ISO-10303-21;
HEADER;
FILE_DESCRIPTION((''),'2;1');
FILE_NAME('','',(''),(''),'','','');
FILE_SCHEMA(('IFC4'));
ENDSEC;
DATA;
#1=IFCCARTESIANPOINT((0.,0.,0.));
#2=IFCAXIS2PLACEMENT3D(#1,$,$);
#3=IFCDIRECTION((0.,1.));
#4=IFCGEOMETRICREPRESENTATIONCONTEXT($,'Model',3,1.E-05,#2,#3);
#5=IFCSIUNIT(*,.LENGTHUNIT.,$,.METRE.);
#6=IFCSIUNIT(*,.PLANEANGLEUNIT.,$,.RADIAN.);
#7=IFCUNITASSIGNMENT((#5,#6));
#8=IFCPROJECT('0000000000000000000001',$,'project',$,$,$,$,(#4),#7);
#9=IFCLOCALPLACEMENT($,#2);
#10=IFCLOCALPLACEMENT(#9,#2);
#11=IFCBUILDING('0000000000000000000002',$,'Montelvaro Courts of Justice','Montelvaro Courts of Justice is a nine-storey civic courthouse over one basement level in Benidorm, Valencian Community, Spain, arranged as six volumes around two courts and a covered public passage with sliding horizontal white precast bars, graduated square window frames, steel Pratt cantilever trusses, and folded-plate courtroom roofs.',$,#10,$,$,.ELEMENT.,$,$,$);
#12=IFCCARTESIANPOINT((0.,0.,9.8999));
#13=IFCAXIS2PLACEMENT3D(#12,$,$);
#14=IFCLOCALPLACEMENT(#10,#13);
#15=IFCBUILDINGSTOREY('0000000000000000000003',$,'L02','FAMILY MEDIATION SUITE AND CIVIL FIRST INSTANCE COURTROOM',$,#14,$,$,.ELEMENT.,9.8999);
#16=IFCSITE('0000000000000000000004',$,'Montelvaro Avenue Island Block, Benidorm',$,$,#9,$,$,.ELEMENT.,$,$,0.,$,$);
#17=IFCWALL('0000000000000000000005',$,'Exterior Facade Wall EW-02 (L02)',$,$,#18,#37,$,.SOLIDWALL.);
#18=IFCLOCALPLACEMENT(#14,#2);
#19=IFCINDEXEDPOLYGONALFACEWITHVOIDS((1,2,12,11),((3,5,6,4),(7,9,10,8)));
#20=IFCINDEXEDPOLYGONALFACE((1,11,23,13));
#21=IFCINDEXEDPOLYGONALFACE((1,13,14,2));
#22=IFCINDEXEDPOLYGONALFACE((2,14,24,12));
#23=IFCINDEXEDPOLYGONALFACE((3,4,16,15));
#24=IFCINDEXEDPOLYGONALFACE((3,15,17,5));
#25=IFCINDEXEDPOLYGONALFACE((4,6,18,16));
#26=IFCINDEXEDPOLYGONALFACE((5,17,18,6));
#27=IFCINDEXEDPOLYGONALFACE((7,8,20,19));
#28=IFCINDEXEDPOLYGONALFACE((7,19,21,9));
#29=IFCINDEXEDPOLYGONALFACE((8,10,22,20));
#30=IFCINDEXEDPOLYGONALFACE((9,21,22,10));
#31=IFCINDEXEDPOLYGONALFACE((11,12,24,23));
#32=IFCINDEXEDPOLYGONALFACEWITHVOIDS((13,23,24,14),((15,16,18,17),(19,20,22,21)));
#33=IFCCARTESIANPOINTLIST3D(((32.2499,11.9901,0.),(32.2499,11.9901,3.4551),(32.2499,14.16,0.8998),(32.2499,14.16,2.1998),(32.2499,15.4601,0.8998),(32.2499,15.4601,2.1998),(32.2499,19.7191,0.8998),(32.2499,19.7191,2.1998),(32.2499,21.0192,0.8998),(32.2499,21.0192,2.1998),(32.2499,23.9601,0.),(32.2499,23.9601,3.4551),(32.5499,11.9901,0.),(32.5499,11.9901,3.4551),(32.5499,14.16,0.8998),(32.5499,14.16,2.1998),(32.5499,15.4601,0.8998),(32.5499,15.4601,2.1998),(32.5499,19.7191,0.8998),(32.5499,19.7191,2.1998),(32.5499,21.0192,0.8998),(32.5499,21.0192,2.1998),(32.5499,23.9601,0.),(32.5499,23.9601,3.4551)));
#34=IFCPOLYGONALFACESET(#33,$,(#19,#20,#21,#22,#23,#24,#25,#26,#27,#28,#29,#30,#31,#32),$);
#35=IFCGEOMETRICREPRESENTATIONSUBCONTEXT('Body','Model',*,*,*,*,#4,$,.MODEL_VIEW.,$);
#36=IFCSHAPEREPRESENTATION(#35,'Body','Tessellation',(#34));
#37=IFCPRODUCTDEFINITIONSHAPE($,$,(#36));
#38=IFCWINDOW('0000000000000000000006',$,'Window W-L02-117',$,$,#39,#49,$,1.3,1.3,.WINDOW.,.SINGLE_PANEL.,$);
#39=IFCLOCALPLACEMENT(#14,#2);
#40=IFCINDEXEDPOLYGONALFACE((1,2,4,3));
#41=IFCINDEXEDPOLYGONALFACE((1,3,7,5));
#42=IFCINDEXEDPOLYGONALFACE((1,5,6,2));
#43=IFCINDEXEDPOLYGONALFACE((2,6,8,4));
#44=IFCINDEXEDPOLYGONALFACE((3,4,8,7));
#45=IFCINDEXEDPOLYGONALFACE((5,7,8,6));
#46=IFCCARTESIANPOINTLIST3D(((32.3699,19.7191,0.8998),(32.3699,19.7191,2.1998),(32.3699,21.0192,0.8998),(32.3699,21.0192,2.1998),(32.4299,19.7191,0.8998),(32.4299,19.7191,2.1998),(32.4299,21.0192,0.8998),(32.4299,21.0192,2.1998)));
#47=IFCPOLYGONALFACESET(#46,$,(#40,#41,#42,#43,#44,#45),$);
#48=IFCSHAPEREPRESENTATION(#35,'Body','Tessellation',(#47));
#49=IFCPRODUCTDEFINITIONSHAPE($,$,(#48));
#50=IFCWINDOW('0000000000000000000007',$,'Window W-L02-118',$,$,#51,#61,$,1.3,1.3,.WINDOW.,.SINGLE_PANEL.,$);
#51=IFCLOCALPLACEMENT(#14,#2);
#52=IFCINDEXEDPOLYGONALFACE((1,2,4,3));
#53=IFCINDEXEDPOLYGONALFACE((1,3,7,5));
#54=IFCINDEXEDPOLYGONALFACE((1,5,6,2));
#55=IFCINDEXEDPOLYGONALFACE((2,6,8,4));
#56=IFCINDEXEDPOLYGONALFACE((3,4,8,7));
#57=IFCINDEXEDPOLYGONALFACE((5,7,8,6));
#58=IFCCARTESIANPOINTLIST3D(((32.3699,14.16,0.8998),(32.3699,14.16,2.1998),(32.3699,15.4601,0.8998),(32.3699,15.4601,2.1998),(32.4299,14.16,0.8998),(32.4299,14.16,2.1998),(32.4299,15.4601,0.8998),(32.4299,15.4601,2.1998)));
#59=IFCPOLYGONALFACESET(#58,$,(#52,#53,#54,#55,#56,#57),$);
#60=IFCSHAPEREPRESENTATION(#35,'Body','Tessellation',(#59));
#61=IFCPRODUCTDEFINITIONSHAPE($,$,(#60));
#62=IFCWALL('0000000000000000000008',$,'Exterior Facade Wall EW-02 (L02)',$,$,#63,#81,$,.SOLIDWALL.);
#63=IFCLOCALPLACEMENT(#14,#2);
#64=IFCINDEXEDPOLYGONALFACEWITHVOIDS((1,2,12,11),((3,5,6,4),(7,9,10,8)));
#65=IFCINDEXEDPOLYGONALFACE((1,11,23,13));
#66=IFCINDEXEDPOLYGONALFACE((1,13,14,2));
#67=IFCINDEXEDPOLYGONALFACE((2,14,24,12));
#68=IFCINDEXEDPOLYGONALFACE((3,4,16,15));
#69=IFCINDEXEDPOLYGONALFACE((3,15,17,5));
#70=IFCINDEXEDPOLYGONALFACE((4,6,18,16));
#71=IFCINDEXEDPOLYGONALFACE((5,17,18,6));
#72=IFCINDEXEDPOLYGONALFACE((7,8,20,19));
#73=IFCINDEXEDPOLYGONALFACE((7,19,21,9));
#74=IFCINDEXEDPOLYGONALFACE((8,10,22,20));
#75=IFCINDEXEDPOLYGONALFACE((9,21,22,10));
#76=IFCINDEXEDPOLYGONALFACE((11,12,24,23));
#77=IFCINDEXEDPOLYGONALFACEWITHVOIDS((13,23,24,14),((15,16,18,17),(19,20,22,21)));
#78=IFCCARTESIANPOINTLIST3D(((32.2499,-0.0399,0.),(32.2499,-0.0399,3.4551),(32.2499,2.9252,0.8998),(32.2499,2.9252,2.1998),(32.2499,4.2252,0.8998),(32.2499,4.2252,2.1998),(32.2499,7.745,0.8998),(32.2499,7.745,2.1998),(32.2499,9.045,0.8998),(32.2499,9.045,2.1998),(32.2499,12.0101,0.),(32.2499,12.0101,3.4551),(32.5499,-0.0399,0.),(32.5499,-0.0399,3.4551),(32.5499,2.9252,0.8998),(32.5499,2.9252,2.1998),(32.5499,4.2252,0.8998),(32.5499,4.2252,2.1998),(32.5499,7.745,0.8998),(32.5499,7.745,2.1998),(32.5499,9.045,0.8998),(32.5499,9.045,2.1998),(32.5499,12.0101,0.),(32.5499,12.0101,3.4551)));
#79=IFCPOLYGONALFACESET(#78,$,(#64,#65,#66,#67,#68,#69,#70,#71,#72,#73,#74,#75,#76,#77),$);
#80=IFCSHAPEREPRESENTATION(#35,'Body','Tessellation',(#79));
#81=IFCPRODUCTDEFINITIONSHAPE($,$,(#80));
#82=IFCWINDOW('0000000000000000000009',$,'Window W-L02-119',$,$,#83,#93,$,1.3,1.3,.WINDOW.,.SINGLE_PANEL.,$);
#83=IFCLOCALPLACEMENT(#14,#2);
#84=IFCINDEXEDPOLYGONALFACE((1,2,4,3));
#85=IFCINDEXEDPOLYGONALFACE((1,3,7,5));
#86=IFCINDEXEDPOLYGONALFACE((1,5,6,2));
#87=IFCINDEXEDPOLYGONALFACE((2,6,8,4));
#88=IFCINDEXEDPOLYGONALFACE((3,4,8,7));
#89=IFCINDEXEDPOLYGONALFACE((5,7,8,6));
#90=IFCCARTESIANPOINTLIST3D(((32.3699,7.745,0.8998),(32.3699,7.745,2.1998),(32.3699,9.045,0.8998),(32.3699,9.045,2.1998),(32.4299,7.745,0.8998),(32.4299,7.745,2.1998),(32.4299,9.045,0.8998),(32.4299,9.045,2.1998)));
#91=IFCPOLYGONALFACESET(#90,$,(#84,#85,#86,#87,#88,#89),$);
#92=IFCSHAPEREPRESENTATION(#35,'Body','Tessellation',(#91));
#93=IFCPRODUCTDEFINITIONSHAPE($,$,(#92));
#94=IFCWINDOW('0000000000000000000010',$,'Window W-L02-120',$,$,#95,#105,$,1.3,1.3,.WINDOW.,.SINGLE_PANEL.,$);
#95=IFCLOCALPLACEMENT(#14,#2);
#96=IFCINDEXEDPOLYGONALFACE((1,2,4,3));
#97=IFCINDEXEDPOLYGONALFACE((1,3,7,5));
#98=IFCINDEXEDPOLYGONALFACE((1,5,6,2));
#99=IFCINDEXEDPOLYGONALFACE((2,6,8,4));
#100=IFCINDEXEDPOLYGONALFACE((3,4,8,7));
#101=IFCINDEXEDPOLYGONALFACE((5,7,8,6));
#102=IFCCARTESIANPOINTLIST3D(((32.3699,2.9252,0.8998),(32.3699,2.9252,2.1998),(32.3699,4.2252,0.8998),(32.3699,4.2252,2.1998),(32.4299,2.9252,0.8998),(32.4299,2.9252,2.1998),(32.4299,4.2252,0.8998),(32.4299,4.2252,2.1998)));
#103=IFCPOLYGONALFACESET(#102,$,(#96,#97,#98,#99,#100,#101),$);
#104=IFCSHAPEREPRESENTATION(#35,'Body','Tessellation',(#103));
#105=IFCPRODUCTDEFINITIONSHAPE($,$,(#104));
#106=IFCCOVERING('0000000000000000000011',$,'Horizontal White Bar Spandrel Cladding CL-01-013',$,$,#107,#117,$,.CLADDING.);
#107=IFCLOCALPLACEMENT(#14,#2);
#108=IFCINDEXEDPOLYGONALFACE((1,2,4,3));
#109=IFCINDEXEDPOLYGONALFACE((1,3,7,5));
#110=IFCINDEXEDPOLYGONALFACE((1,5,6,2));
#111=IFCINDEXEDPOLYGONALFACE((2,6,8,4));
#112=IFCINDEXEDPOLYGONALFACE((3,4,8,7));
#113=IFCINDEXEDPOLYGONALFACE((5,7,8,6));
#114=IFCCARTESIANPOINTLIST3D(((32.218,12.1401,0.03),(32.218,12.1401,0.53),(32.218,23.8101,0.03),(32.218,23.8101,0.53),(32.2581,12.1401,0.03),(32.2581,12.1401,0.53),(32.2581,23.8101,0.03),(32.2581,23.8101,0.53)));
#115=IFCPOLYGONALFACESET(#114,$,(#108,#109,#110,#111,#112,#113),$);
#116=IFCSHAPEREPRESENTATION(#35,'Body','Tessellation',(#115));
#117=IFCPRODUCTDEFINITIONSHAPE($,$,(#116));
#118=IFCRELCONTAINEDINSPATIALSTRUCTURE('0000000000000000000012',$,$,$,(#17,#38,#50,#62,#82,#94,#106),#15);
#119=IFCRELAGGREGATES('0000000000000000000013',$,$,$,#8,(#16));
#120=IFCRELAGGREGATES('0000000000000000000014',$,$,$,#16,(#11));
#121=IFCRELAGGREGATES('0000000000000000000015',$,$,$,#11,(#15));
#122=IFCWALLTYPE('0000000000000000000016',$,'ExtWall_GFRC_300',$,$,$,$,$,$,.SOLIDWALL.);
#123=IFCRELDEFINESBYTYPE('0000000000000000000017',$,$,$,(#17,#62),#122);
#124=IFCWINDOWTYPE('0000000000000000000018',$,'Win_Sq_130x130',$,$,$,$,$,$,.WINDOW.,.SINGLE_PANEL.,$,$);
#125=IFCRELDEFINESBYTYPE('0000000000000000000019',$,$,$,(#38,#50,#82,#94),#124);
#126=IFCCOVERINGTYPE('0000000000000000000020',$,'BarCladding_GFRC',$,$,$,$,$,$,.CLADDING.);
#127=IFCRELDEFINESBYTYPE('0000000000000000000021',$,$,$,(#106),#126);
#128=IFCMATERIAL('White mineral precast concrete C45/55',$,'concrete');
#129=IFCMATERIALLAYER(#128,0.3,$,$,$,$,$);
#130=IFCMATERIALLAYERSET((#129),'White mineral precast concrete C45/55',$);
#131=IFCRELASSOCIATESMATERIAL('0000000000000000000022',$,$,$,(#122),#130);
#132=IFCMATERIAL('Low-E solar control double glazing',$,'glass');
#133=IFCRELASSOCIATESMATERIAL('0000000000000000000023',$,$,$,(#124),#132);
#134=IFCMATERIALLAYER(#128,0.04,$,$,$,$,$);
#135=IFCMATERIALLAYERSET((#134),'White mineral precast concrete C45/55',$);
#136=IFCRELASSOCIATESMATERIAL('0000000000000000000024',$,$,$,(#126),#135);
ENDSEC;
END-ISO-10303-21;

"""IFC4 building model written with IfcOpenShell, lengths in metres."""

from ifc_helpers import new_model, si_unit, direction, frame, frame_2d, origin, origin_2d, place, context, subcontext, project, spatial, rectangle, extrude, material, layer, layer_set, type_object, element, fill, save


model = new_model("IFC4")

# Units and contexts
model_context = context("Model", 3, precision=1e-05, world=origin(), true_north=direction((0.0, 1.0)))
body_context = subcontext(model_context, "Body", "Model", "MODEL_VIEW")
ifc_project = project(units=[si_unit("LENGTHUNIT", "METRE"), si_unit("PLANEANGLEUNIT", "RADIAN")], contexts=[model_context])

# Site, building, storey
site_placement = place(None, origin())
site = spatial("IfcSite", under=ifc_project, at=site_placement, Name="Montelvaro Avenue Island Block, Benidorm", CompositionType="ELEMENT", RefElevation=0.0)
building_placement = place(site_placement, origin())
building = spatial("IfcBuilding", under=site, at=building_placement, Name="Montelvaro Courts of Justice", Description="Montelvaro Courts of Justice is a nine-storey civic courthouse over one basement level in Benidorm, Valencian Community, Spain, arranged as six volumes around two courts and a covered public passage with sliding horizontal white precast bars, graduated square window frames, steel Pratt cantilever trusses, and folded-plate courtroom roofs.", CompositionType="ELEMENT")
storey_placement = place(building_placement, frame((0.0, 0.0, 9.8999)))
storey = spatial("IfcBuildingStorey", under=building, at=storey_placement, Name="L02", Description="FAMILY MEDIATION SUITE AND CIVIL FIRST INSTANCE COURTROOM", CompositionType="ELEMENT", Elevation=9.8999)

# Shared definitions
ifc_material_1 = material(Name="Low-E solar control double glazing", Category="glass")

# Shared definitions
ifc_material_2 = material(Name="White mineral precast concrete C45/55", Category="concrete")

# Shared definitions
ifc_layer_1 = layer(ifc_material_2, 0.3)
ifc_layer_set_1 = layer_set([ifc_layer_1], Name="White mineral precast concrete C45/55")
wall_type = type_object("IfcWallType", Name="ExtWall_GFRC_300", PredefinedType="SOLIDWALL", material=ifc_layer_set_1)

# Walls, openings, windows
wall_1_placement = place(storey_placement, frame((32.3999, 23.96, 0.0), z_axis=(0.0, 0.0, 1.0), x_axis=(0.0, -1.0, 0.0)))
wall_1 = element("IfcWall", 1, at=wall_1_placement, inside=storey, type_object=wall_type, Name="Exterior Facade Wall EW-02 (L02)", PredefinedType="SOLIDWALL", context=body_context, shape_type="SweptSolid", body=[
    extrude(rectangle(XDim=11.97, YDim=0.3, at=frame_2d((5.9849, 0.0))), origin(), (0.0, 0.0, 1.0), 3.4551),
])
opening_1_placement = place(wall_1_placement, frame((2.9409, 0.0, 0.8999)))
opening_1 = element("IfcOpeningElement", 2, at=opening_1_placement, cuts=wall_1, PredefinedType="OPENING", context=body_context, shape_type="SweptSolid", body=[
    extrude(rectangle(XDim=1.3, YDim=1.3, at=frame_2d((0.6499, 0.6499))), frame((0.0, 0.165, 0.0), z_axis=(0.0, -1.0, 0.0), x_axis=(1.0, 0.0, 0.0)), (0.0, 0.0, 1.0), 0.3298),
])
opening_2_placement = place(wall_1_placement, frame((8.5, 0.0, 0.8999)))
opening_2 = element("IfcOpeningElement", 3, at=opening_2_placement, cuts=wall_1, PredefinedType="OPENING", context=body_context, shape_type="SweptSolid", body=[
    extrude(rectangle(XDim=1.3, YDim=1.3, at=frame_2d((0.6499, 0.6499))), frame((0.0, 0.165, 0.0), z_axis=(0.0, -1.0, 0.0), x_axis=(1.0, 0.0, 0.0)), (0.0, 0.0, 1.0), 0.3298),
])
window_type = type_object("IfcWindowType", Name="Win_Sq_130x130", PartitioningType="SINGLE_PANEL", PredefinedType="WINDOW", material=ifc_material_1)
window_1_placement = place(opening_1_placement, origin())
window_1 = element("IfcWindow", 4, at=window_1_placement, inside=storey, type_object=window_type, Name="Window W-L02-117", OverallHeight=1.3, OverallWidth=1.3, PartitioningType="SINGLE_PANEL", PredefinedType="WINDOW", context=body_context, shape_type="SweptSolid", body=[
    extrude(rectangle(XDim=1.3, YDim=1.3, at=frame_2d((0.6499, 0.6499))), frame((0.0, 0.03, 0.0), z_axis=(0.0, -1.0, 0.0), x_axis=(1.0, 0.0, 0.0)), (0.0, 0.0, 1.0), 0.0601),
])
fill(opening_1, window_1)
window_2_placement = place(opening_2_placement, origin())
window_2 = element("IfcWindow", 5, at=window_2_placement, inside=storey, type_object=window_type, Name="Window W-L02-118", OverallHeight=1.3, OverallWidth=1.3, PartitioningType="SINGLE_PANEL", PredefinedType="WINDOW", context=body_context, shape_type="SweptSolid", body=[
    extrude(rectangle(XDim=1.3, YDim=1.3, at=frame_2d((0.6499, 0.6499))), frame((0.0, 0.03, 0.0), z_axis=(0.0, -1.0, 0.0), x_axis=(1.0, 0.0, 0.0)), (0.0, 0.0, 1.0), 0.0601),
])
fill(opening_2, window_2)
wall_2_placement = place(storey_placement, frame((32.3999, 12.01, 0.0), z_axis=(0.0, 0.0, 1.0), x_axis=(0.0, -1.0, 0.0)))
wall_2 = element("IfcWall", 6, at=wall_2_placement, inside=storey, type_object=wall_type, Name="Exterior Facade Wall EW-02 (L02)", PredefinedType="SOLIDWALL", context=body_context, shape_type="SweptSolid", body=[
    extrude(rectangle(XDim=12.05, YDim=0.3, at=frame_2d((6.0249, 0.0))), origin(), (0.0, 0.0, 1.0), 3.4551),
])
opening_3_placement = place(wall_2_placement, frame((2.9651, 0.0, 0.8999)))
opening_3 = element("IfcOpeningElement", 7, at=opening_3_placement, cuts=wall_2, PredefinedType="OPENING", context=body_context, shape_type="SweptSolid", body=[
    extrude(rectangle(XDim=1.3, YDim=1.3, at=frame_2d((0.6499, 0.6499))), frame((0.0, 0.165, 0.0), z_axis=(0.0, -1.0, 0.0), x_axis=(1.0, 0.0, 0.0)), (0.0, 0.0, 1.0), 0.3298),
])
opening_4_placement = place(wall_2_placement, frame((7.7849, 0.0, 0.8999)))
opening_4 = element("IfcOpeningElement", 8, at=opening_4_placement, cuts=wall_2, PredefinedType="OPENING", context=body_context, shape_type="SweptSolid", body=[
    extrude(rectangle(XDim=1.3, YDim=1.3, at=frame_2d((0.6499, 0.6499))), frame((0.0, 0.165, 0.0), z_axis=(0.0, -1.0, 0.0), x_axis=(1.0, 0.0, 0.0)), (0.0, 0.0, 1.0), 0.3298),
])
window_3_placement = place(opening_3_placement, origin())
window_3 = element("IfcWindow", 9, at=window_3_placement, inside=storey, type_object=window_type, Name="Window W-L02-119", OverallHeight=1.3, OverallWidth=1.3, PartitioningType="SINGLE_PANEL", PredefinedType="WINDOW", context=body_context, shape_type="SweptSolid", body=[
    extrude(rectangle(XDim=1.3, YDim=1.3, at=frame_2d((0.6499, 0.6499))), frame((0.0, 0.03, 0.0), z_axis=(0.0, -1.0, 0.0), x_axis=(1.0, 0.0, 0.0)), (0.0, 0.0, 1.0), 0.0601),
])
fill(opening_3, window_3)
window_4_placement = place(opening_4_placement, origin())
window_4 = element("IfcWindow", 10, at=window_4_placement, inside=storey, type_object=window_type, Name="Window W-L02-120", OverallHeight=1.3, OverallWidth=1.3, PartitioningType="SINGLE_PANEL", PredefinedType="WINDOW", context=body_context, shape_type="SweptSolid", body=[
    extrude(rectangle(XDim=1.3, YDim=1.3, at=frame_2d((0.6499, 0.6499))), frame((0.0, 0.03, 0.0), z_axis=(0.0, -1.0, 0.0), x_axis=(1.0, 0.0, 0.0)), (0.0, 0.0, 1.0), 0.0601),
])
fill(opening_4, window_4)

# Covering
ifc_layer_2 = layer(ifc_material_2, 0.04)
ifc_layer_set_2 = layer_set([ifc_layer_2], Name="White mineral precast concrete C45/55")
covering_type = type_object("IfcCoveringType", Name="BarCladding_GFRC", PredefinedType="CLADDING", material=ifc_layer_set_2)
covering_placement = place(storey_placement, frame((32.238, 17.9751, 0.03), z_axis=(0.0, 0.0, 1.0), x_axis=(0.0, -1.0, 0.0)))
element("IfcCovering", 11, at=covering_placement, inside=storey, type_object=covering_type, Name="Horizontal White Bar Spandrel Cladding CL-01-013", PredefinedType="CLADDING", context=body_context, shape_type="SweptSolid", body=[
    extrude(rectangle(XDim=11.6699, YDim=0.04, at=origin_2d()), origin(), (0.0, 0.0, 1.0), 0.5),
])

save(model, "model.ifc")
